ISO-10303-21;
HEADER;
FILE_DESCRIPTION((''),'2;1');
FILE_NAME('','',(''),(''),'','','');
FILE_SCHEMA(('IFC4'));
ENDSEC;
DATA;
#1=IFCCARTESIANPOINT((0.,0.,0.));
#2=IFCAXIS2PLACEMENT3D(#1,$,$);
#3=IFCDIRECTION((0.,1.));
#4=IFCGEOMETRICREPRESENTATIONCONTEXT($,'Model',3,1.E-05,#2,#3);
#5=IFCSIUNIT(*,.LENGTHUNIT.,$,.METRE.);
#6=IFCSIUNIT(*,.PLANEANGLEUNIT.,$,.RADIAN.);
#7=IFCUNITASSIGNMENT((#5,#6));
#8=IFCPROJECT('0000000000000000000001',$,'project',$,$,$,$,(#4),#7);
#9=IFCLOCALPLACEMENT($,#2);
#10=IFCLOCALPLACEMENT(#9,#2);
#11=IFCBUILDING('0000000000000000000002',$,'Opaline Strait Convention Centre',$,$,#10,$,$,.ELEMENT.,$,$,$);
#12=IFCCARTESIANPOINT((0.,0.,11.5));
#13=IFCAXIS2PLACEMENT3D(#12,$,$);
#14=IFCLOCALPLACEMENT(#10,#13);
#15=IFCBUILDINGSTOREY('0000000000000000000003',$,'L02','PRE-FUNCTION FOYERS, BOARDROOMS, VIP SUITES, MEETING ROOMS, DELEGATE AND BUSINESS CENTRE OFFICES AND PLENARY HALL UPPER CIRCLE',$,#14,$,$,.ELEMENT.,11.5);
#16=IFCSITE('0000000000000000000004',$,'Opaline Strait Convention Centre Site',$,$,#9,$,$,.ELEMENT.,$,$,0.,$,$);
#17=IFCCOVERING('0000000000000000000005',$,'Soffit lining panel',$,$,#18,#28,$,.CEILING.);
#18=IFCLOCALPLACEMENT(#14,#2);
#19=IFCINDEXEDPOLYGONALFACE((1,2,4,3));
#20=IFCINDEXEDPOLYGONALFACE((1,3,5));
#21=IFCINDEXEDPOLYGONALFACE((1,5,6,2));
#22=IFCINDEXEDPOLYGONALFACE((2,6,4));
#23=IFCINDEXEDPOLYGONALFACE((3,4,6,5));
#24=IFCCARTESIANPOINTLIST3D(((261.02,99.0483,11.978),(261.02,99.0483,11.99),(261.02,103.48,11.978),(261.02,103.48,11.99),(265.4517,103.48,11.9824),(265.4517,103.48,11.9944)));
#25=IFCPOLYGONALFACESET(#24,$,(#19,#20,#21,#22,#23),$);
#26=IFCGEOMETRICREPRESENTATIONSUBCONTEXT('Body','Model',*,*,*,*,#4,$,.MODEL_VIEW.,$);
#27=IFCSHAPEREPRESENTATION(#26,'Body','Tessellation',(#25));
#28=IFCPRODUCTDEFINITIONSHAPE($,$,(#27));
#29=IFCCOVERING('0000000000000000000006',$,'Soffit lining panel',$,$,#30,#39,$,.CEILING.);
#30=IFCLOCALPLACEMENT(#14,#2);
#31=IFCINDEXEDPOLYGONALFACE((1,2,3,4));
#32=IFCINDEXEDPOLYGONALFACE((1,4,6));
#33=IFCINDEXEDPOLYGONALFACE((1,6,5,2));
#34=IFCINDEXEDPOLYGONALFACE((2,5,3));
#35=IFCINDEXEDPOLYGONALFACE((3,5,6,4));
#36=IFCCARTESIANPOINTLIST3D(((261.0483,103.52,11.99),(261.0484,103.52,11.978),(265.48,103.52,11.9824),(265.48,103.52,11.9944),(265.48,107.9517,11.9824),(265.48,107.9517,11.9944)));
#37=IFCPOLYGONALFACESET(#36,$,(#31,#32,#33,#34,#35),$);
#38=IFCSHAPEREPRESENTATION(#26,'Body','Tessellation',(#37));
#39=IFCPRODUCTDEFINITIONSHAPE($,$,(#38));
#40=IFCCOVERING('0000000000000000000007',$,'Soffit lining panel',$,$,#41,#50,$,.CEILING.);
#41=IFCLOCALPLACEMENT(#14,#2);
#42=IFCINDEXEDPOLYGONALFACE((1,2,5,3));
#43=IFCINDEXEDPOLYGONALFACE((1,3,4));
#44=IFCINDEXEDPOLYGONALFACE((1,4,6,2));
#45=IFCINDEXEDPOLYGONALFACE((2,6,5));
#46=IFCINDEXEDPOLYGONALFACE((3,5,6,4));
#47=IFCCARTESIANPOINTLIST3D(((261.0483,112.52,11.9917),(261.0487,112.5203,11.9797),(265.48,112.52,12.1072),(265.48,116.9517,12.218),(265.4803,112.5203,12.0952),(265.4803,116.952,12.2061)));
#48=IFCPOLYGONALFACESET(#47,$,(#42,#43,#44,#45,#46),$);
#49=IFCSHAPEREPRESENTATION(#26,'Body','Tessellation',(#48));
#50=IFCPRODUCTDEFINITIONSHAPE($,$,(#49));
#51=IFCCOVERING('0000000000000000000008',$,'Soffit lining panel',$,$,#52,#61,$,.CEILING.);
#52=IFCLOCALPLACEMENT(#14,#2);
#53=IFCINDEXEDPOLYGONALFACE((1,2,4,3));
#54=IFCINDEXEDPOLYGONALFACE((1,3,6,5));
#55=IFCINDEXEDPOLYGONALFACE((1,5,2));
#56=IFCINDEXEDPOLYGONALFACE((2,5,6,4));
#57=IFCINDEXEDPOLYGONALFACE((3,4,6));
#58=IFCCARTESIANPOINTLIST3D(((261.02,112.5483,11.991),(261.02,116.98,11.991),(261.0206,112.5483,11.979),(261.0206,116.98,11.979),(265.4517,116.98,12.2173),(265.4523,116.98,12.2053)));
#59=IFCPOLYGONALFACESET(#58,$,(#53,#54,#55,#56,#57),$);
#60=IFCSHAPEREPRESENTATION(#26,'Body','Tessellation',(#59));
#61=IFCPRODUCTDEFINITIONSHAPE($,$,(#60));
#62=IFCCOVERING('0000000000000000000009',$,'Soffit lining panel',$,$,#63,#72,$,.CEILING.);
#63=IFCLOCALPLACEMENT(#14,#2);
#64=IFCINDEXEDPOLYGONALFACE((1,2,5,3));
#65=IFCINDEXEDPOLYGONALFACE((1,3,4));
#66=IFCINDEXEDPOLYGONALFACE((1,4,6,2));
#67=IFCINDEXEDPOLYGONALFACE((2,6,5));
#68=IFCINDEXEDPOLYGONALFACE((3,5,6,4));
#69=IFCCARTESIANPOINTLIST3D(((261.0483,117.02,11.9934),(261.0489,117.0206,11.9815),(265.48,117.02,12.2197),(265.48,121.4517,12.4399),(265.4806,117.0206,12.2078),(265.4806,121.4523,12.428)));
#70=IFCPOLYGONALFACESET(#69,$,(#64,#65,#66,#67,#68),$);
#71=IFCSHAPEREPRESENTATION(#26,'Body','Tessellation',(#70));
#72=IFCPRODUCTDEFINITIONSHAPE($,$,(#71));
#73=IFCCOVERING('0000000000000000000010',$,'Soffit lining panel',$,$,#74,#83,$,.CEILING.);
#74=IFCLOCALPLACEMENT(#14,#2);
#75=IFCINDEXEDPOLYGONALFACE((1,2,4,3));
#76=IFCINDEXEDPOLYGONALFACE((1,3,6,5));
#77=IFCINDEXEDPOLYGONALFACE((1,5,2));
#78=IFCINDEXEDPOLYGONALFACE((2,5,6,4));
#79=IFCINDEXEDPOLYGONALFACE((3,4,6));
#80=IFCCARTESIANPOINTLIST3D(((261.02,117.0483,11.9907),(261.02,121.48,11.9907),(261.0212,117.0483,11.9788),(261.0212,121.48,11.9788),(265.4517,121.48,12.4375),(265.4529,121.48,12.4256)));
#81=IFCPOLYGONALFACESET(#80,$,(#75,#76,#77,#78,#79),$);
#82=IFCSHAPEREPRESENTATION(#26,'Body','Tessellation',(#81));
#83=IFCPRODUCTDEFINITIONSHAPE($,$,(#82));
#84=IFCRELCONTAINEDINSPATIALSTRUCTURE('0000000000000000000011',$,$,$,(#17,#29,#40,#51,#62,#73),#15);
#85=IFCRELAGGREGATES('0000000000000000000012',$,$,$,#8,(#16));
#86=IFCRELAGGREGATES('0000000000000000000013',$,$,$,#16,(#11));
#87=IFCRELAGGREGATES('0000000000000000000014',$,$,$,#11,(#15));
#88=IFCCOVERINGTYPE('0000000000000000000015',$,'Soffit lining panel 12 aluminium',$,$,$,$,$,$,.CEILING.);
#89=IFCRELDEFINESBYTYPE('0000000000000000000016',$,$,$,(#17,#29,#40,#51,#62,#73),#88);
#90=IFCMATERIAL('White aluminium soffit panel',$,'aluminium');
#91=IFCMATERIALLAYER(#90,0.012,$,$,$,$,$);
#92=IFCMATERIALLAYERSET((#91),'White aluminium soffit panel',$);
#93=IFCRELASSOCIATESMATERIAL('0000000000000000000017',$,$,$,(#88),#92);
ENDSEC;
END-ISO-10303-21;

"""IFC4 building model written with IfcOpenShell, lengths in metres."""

from ifc_helpers import new_model, si_unit, direction, frame, origin, place, context, subcontext, project, spatial, polyline, outline, extrude, material, layer, layer_set, type_object, element, save


model = new_model("IFC4")

# Units and contexts
model_context = context("Model", 3, precision=1e-05, world=origin(), true_north=direction((0.0, 1.0)))
body_context = subcontext(model_context, "Body", "Model", "MODEL_VIEW")
ifc_project = project(units=[si_unit("LENGTHUNIT", "METRE"), si_unit("PLANEANGLEUNIT", "RADIAN")], contexts=[model_context])

# Site, building, storey
site_placement = place(None, origin())
site = spatial("IfcSite", under=ifc_project, at=site_placement, Name="Opaline Strait Convention Centre Site", CompositionType="ELEMENT", RefElevation=0.0)
building_placement = place(site_placement, origin())
building = spatial("IfcBuilding", under=site, at=building_placement, Name="Opaline Strait Convention Centre", CompositionType="ELEMENT")
storey_placement = place(building_placement, frame((0.0, 0.0, 11.5)))
storey = spatial("IfcBuildingStorey", under=building, at=storey_placement, Name="L02", Description="PRE-FUNCTION FOYERS, BOARDROOMS, VIP SUITES, MEETING ROOMS, DELEGATE AND BUSINESS CENTRE OFFICES AND PLENARY HALL UPPER CIRCLE", CompositionType="ELEMENT", Elevation=11.5)

# Coverings
ifc_material_1 = material(Name="White aluminium soffit panel", Category="aluminium")
ifc_layer_1 = layer(ifc_material_1, 0.012)
ifc_layer_set_1 = layer_set([ifc_layer_1], Name="White aluminium soffit panel")
covering_type = type_object("IfcCoveringType", Name="Soffit lining panel 12 aluminium", PredefinedType="CEILING", material=ifc_layer_set_1)
covering_1_placement = place(storey_placement, frame((261.02, 99.0483, 11.99), z_axis=(-0.000992, 0.0, 1.0), x_axis=(0.0, 1.0, 0.0)))
element("IfcCovering", 1, at=covering_1_placement, inside=storey, type_object=covering_type, Name="Soffit lining panel", PredefinedType="CEILING", context=body_context, shape_type="SweptSolid", body=[
    extrude(outline(polyline([(0.0, 0.0), (4.4316, 0.0), (4.4316, -4.4316), (0.0, 0.0)])), origin(), (0.0, 0.0, -1.0), 0.012),
])
covering_2_placement = place(storey_placement, frame((261.0483, 103.52, 11.99), z_axis=(-0.000992, 0.0, 1.0), x_axis=(0.707107, 0.707107, 0.000701)))
element("IfcCovering", 2, at=covering_2_placement, inside=storey, type_object=covering_type, Name="Soffit lining panel", PredefinedType="CEILING", context=body_context, shape_type="SweptSolid", body=[
    extrude(outline(polyline([(0.0, 0.0), (6.2673, 0.0), (3.1336, -3.1336), (0.0, 0.0)])), origin(), (0.0, 0.0, -1.0), 0.012),
])
covering_3_placement = place(storey_placement, frame((261.0483, 112.52, 11.9917), z_axis=(-0.026041, -0.024995, 0.999348), x_axis=(0.706646, 0.706646, 0.036088)))
element("IfcCovering", 3, at=covering_3_placement, inside=storey, type_object=covering_type, Name="Soffit lining panel", PredefinedType="CEILING", context=body_context, shape_type="SweptSolid", body=[
    extrude(outline(polyline([(0.0, 0.0), (6.2714, 0.0), (3.1358, -3.1336), (0.0, 0.0)])), origin(), (0.0, 0.0, -1.0), 0.012),
])
covering_4_placement = place(storey_placement, frame((261.02, 112.5483, 11.991), z_axis=(-0.051002, 0.0, 0.998699), x_axis=(0.0, 1.0, 0.0)))
element("IfcCovering", 4, at=covering_4_placement, inside=storey, type_object=covering_type, Name="Soffit lining panel", PredefinedType="CEILING", context=body_context, shape_type="SweptSolid", body=[
    extrude(outline(polyline([(0.0, 0.0), (4.4316, 0.0), (4.4316, -4.4374), (0.0, 0.0)])), origin(), (0.0, 0.0, -1.0), 0.012),
])
covering_5_placement = place(storey_placement, frame((261.0483, 117.02, 11.9934), z_axis=(-0.05094, -0.049566, 0.997471), x_axis=(0.705319, 0.705319, 0.071068)))
element("IfcCovering", 5, at=covering_5_placement, inside=storey, type_object=covering_type, Name="Soffit lining panel", PredefinedType="CEILING", context=body_context, shape_type="SweptSolid", body=[
    extrude(outline(polyline([(0.0, 0.0), (6.2832, 0.0), (3.1418, -3.1336), (0.0, 0.0)])), origin(), (0.0, 0.0, -1.0), 0.012),
])
covering_6_placement = place(storey_placement, frame((261.02, 117.0483, 11.9907), z_axis=(-0.100307, 0.0, 0.994957), x_axis=(0.0, 1.0, 0.0)))
element("IfcCovering", 6, at=covering_6_placement, inside=storey, type_object=covering_type, Name="Soffit lining panel", PredefinedType="CEILING", context=body_context, shape_type="SweptSolid", body=[
    extrude(outline(polyline([(0.0, 0.0), (4.4316, 0.0), (4.4316, -4.4541), (0.0, 0.0)])), origin(), (0.0, 0.0, -1.0), 0.012),
])

save(model, "model.ifc")
